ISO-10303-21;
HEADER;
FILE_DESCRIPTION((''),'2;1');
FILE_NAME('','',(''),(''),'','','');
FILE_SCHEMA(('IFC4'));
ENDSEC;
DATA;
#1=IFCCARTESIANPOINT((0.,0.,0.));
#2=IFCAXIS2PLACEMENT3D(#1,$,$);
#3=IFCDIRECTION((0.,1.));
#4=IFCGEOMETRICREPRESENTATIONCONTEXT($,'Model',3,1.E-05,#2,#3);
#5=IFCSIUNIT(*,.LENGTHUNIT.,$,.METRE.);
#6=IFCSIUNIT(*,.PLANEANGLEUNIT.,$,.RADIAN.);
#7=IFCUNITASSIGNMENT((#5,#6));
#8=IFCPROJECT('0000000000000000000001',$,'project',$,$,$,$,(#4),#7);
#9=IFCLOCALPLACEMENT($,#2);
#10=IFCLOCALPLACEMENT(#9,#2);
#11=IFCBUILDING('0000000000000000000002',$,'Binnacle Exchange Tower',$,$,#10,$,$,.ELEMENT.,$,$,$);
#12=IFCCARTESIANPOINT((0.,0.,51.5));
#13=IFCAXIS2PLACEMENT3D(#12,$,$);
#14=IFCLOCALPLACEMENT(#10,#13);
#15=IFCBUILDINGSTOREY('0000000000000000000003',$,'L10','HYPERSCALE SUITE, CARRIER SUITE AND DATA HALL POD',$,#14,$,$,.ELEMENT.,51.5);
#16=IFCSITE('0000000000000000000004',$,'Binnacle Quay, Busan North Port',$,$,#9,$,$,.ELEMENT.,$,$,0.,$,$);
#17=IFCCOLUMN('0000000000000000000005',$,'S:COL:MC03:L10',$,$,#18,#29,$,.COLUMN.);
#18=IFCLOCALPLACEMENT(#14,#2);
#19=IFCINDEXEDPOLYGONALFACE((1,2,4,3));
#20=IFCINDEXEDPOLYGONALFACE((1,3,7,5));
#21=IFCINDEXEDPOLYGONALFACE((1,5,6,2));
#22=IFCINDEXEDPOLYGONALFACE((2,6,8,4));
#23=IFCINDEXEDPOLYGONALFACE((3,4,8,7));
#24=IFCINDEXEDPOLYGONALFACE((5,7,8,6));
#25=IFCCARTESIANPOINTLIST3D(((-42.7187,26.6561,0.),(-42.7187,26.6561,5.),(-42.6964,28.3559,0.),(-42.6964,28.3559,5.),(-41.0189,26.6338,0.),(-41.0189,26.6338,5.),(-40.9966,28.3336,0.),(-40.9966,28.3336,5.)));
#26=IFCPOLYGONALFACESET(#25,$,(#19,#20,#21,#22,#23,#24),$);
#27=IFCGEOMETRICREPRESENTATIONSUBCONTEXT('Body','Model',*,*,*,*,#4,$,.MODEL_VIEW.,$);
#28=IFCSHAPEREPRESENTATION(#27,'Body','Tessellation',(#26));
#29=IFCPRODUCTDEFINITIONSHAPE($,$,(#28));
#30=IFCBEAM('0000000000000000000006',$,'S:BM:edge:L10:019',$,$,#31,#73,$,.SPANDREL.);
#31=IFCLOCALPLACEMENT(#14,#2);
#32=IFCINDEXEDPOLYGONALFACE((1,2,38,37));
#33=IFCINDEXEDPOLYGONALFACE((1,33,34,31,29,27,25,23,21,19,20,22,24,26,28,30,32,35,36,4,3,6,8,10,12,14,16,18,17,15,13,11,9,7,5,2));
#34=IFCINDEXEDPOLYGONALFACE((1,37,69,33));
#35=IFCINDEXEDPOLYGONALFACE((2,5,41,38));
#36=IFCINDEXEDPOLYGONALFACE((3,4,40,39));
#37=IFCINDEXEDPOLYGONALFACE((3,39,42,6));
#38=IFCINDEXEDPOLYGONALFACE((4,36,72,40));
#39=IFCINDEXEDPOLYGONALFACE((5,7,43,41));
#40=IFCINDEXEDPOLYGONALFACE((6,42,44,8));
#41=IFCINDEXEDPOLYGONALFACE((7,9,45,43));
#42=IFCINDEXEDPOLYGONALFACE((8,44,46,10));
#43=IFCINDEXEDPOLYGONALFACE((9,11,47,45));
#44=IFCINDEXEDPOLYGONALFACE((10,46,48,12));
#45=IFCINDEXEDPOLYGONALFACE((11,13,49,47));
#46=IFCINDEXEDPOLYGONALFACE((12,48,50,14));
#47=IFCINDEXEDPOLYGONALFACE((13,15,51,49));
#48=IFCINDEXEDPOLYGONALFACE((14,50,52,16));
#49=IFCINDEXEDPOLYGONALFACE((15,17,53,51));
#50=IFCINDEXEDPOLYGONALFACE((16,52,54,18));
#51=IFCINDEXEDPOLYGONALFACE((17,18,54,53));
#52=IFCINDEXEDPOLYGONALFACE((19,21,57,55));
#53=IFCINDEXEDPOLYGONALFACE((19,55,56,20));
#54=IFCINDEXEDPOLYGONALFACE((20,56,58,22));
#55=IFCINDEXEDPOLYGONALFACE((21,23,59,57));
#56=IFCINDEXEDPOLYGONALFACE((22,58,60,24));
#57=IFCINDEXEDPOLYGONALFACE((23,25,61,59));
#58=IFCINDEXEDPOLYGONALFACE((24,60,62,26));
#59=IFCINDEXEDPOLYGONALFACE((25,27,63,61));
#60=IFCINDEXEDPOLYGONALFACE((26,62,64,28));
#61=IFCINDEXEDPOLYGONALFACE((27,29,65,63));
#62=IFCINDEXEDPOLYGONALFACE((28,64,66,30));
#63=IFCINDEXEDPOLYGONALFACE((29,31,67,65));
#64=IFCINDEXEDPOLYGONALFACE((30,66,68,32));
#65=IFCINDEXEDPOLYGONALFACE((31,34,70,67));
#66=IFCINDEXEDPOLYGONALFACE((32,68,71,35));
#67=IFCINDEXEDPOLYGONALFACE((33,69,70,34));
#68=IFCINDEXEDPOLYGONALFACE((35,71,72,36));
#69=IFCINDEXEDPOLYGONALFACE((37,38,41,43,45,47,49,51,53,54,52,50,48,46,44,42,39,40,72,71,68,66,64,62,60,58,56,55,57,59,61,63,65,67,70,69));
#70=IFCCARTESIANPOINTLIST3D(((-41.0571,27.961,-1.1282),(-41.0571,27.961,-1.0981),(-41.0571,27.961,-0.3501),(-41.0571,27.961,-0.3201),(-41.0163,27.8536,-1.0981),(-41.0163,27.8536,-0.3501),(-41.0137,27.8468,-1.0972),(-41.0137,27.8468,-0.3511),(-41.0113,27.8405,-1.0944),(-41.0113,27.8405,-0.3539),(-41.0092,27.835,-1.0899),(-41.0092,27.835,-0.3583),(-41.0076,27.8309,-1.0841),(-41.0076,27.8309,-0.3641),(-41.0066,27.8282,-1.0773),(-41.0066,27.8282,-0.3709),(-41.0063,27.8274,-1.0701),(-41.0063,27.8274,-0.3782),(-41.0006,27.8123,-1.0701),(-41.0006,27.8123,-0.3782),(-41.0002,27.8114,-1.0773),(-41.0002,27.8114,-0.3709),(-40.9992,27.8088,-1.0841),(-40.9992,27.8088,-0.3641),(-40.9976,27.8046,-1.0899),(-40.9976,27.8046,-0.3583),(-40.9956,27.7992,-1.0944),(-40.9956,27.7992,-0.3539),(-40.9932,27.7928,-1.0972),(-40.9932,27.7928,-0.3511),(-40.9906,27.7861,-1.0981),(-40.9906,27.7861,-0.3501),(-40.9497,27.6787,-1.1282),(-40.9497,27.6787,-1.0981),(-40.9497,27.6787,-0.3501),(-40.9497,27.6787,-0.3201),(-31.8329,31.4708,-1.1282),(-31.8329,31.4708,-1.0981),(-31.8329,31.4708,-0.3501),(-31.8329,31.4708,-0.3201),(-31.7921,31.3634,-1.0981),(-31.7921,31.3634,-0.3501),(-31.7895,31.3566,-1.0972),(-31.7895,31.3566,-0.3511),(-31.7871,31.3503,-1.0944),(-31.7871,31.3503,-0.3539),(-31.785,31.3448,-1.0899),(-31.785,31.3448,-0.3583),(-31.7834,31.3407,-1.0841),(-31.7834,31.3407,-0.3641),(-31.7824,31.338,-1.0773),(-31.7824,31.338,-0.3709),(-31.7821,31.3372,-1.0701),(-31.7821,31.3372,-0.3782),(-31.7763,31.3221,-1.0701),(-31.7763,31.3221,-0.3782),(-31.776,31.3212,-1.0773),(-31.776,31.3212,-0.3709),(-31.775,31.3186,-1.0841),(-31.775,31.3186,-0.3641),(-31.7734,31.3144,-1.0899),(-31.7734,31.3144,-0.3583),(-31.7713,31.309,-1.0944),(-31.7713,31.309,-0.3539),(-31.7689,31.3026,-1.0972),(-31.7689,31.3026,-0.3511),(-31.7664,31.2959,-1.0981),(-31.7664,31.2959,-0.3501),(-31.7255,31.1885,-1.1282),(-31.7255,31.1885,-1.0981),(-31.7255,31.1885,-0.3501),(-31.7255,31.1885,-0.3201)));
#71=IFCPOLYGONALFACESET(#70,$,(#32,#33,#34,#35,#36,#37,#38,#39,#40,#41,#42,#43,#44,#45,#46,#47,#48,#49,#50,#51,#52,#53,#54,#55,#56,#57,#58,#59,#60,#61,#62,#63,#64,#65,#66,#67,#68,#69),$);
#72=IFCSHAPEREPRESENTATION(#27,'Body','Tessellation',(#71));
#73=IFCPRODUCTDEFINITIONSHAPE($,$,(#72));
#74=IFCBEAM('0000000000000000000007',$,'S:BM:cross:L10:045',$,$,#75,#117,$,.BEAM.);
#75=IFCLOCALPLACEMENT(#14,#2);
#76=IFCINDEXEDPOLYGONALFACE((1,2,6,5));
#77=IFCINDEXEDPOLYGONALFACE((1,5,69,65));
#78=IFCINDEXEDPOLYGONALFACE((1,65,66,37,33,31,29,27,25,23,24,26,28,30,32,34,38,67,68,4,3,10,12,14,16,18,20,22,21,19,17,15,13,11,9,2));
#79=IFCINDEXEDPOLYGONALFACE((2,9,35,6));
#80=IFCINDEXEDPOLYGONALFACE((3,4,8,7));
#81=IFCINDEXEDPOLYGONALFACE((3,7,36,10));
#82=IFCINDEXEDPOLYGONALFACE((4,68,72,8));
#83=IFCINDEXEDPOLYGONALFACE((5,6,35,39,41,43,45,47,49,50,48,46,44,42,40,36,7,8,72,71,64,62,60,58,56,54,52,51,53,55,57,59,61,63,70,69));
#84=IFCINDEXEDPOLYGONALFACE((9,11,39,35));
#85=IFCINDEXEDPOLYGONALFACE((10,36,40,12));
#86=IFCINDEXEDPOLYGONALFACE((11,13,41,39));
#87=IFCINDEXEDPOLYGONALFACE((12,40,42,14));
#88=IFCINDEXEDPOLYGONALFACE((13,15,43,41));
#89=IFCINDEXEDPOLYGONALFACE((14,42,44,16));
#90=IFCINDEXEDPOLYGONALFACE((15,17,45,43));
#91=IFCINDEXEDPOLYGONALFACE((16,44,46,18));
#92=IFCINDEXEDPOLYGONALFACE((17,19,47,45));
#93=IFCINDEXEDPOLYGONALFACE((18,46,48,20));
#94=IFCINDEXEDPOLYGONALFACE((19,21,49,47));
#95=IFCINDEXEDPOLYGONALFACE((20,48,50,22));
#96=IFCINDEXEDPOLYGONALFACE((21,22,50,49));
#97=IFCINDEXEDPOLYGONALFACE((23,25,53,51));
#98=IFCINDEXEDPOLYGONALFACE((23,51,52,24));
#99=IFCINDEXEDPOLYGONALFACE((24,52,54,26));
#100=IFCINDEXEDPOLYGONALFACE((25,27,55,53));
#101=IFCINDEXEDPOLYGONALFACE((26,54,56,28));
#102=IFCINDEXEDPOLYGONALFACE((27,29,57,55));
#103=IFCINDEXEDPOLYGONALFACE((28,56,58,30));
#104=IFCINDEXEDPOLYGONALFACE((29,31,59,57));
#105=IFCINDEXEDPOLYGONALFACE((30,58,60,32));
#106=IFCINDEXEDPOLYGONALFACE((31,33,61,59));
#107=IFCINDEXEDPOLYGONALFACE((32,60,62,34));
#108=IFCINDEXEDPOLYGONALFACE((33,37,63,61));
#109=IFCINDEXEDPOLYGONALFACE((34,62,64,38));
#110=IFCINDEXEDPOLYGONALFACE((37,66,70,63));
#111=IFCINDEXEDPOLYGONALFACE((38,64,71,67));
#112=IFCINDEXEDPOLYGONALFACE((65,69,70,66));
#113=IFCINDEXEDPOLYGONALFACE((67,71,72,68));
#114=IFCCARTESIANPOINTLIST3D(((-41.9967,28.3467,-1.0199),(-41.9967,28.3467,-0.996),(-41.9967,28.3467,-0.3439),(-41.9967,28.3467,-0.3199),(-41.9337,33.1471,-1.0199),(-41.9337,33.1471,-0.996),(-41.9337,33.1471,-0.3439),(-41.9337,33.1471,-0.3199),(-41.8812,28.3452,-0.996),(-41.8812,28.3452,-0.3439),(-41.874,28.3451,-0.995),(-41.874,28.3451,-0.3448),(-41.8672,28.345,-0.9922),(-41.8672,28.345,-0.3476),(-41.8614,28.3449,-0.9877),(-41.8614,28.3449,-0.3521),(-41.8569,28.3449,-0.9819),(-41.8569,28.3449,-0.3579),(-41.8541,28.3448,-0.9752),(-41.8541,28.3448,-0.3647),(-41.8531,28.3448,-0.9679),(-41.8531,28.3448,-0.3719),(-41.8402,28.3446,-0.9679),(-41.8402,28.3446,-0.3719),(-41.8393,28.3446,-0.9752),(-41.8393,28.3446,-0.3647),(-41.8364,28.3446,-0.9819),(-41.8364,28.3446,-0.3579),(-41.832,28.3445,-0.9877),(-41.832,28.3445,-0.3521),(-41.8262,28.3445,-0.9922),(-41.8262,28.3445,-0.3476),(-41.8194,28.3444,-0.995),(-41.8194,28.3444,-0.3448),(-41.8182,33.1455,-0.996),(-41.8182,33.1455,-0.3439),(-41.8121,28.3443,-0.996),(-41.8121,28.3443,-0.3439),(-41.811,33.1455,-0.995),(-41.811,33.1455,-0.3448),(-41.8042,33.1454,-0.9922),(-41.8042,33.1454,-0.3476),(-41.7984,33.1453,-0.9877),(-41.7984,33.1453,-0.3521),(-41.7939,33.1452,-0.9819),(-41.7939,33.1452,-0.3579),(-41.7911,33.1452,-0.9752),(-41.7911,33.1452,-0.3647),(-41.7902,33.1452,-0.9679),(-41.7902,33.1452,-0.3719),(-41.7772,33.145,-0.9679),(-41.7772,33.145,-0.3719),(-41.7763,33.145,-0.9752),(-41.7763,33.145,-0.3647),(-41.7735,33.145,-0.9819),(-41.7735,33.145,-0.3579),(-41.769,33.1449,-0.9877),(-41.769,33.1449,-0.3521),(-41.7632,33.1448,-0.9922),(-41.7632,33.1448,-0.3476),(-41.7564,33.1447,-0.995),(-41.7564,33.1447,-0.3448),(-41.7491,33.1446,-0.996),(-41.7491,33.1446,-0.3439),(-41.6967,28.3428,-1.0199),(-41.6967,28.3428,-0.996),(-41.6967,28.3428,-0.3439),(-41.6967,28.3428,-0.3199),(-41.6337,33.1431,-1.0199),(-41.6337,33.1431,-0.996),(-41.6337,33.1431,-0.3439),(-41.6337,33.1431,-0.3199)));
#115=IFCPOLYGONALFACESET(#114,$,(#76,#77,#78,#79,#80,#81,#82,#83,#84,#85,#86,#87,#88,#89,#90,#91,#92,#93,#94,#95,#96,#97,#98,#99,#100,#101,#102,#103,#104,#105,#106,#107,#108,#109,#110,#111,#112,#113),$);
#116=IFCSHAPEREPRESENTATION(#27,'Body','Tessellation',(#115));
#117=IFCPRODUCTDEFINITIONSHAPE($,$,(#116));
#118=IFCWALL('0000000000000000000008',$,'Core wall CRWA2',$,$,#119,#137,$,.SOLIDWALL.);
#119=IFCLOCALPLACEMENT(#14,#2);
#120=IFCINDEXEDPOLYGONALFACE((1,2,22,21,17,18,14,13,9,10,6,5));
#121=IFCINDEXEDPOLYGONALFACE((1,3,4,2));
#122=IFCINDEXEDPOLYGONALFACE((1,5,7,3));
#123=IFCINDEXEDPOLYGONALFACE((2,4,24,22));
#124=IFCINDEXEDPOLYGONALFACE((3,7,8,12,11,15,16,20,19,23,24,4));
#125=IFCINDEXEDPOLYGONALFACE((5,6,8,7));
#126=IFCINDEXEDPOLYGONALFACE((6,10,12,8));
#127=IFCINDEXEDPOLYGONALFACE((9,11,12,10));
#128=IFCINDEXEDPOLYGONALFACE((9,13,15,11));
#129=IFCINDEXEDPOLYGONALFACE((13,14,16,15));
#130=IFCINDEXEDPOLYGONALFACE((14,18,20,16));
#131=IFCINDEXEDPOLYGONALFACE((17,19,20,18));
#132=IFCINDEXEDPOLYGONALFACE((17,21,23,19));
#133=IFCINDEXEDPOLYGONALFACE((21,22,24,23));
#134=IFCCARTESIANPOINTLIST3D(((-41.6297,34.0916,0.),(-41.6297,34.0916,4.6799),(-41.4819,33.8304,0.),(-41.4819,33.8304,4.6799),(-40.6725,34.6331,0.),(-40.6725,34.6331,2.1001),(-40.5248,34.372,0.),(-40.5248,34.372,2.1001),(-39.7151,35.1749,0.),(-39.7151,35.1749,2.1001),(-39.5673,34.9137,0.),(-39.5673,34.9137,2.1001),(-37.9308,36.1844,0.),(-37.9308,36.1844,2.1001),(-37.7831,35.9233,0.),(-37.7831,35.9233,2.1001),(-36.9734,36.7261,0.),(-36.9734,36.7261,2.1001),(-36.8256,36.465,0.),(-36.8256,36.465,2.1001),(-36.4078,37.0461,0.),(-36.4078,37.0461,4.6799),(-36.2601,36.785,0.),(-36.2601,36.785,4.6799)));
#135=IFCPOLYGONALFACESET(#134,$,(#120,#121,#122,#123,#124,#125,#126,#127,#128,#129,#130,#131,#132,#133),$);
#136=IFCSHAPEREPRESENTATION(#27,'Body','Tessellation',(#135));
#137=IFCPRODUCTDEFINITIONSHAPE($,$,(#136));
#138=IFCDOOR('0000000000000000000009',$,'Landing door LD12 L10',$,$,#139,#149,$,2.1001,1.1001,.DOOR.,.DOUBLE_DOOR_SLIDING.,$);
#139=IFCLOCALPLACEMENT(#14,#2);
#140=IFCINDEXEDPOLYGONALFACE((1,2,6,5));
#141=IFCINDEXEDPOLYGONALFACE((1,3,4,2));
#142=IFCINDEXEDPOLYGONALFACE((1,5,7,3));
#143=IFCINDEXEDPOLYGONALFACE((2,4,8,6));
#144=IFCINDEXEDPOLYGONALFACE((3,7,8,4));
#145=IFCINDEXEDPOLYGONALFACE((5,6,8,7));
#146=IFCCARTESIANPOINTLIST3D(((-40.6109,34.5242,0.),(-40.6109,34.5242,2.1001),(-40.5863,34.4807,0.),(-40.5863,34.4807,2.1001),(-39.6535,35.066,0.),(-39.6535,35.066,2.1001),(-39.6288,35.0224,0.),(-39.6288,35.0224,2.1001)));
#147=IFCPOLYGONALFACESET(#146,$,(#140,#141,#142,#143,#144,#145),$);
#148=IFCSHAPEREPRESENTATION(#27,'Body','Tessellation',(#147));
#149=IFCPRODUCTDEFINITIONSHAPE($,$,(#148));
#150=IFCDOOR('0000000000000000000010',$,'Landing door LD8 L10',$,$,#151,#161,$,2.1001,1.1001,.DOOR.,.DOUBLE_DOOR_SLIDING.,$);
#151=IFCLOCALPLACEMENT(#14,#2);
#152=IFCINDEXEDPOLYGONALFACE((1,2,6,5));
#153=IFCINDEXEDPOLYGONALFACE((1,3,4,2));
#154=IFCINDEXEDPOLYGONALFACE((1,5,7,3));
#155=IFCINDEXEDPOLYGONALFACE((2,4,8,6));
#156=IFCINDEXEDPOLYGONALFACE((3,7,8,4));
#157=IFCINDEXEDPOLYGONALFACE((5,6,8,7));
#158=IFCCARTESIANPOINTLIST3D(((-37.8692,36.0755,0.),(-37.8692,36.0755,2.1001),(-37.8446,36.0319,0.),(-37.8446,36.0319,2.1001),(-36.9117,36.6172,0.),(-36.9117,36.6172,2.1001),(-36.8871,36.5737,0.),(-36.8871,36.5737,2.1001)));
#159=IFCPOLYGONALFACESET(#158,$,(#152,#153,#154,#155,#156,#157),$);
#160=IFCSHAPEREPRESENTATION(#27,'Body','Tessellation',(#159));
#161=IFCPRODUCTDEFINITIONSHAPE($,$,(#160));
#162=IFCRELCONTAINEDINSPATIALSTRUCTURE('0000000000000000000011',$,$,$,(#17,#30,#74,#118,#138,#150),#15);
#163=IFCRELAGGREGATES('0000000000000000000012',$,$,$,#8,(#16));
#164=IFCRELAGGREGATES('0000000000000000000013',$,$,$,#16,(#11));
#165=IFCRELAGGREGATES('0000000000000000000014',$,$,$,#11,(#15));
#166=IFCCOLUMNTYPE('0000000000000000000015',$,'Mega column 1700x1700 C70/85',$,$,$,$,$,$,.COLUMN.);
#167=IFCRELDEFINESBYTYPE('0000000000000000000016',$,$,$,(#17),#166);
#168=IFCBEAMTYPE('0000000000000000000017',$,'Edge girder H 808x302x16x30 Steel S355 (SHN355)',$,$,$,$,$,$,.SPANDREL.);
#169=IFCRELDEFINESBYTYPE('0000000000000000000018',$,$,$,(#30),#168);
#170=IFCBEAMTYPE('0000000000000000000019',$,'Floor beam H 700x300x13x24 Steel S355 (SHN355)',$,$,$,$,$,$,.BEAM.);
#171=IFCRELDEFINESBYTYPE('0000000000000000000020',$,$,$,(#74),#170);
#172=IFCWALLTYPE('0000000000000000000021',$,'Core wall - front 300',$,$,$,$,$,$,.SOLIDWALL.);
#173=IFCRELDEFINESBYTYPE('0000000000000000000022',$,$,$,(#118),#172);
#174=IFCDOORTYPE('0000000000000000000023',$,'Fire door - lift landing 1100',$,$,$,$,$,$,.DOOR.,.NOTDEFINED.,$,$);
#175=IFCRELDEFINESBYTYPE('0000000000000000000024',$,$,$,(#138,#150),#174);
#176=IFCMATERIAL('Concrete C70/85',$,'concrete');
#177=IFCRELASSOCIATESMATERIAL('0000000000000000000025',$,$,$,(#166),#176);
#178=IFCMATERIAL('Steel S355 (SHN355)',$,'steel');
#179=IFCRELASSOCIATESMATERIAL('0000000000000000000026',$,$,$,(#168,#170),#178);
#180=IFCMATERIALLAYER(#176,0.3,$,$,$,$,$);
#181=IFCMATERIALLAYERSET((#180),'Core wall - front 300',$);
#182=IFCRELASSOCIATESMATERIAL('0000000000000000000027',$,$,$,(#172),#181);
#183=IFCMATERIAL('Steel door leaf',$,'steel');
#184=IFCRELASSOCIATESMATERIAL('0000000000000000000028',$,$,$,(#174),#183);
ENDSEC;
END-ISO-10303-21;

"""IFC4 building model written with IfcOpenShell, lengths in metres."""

from ifc_helpers import new_model, si_unit, direction, frame, frame_2d, origin, origin_2d, place, context, subcontext, project, spatial, rectangle, i_section, extrude, material, layer, layer_set, material_profile, profile_set, type_object, element, fill, save


model = new_model("IFC4")

# Units and contexts
model_context = context("Model", 3, precision=1e-05, world=origin(), true_north=direction((0.0, 1.0)))
body_context = subcontext(model_context, "Body", "Model", "MODEL_VIEW")
ifc_project = project(units=[si_unit("LENGTHUNIT", "METRE"), si_unit("PLANEANGLEUNIT", "RADIAN")], contexts=[model_context])

# Site, building, storey
site_placement = place(None, origin())
site = spatial("IfcSite", under=ifc_project, at=site_placement, Name="Binnacle Quay, Busan North Port", CompositionType="ELEMENT", RefElevation=0.0)
building_placement = place(site_placement, origin())
building = spatial("IfcBuilding", under=site, at=building_placement, Name="Binnacle Exchange Tower", CompositionType="ELEMENT")
storey_placement = place(building_placement, frame((0.0, 0.0, 51.5)))
storey = spatial("IfcBuildingStorey", under=building, at=storey_placement, Name="L10", Description="HYPERSCALE SUITE, CARRIER SUITE AND DATA HALL POD", CompositionType="ELEMENT", Elevation=51.5)

# Column
ifc_material_1 = material(Name="Concrete C70/85", Category="concrete")
ifc_material_profile_1 = material_profile(ifc_material_1, rectangle(XDim=1.7, YDim=1.7, at=origin_2d()), Name="Mega column 1700x1700 C70/85")
ifc_profile_set_1 = profile_set([ifc_material_profile_1], Name="Concrete C70/85")
column_type = type_object("IfcColumnType", Name="Mega column 1700x1700 C70/85", PredefinedType="COLUMN", material=ifc_profile_set_1)
column_placement = place(storey_placement, frame((-41.8577, 27.4949, 0.0), z_axis=(0.0, 0.0, 1.0), x_axis=(0.999914, -0.01309, 0.0)))
element("IfcColumn", 1, at=column_placement, inside=storey, type_object=column_type, Name="S:COL:MC03:L10", PredefinedType="COLUMN", context=body_context, shape_type="SweptSolid", body=[
    extrude(rectangle(XDim=1.7, YDim=1.7, at=origin_2d()), origin(), (0.0, 0.0, 1.0), 5.0),
])

# Beams
ifc_material_2 = material(Name="Steel S355 (SHN355)", Category="steel")
ifc_material_profile_2 = material_profile(ifc_material_2, i_section(OverallWidth=0.302, OverallDepth=0.8081, WebThickness=0.0161, FlangeThickness=0.03, FilletRadius=0.0281, at=origin_2d()), Name="H 808x302x16x30")
ifc_profile_set_2 = profile_set([ifc_material_profile_2], Name="Steel S355 (SHN355)")
beam_type_1 = type_object("IfcBeamType", Name="Edge girder H 808x302x16x30 Steel S355 (SHN355)", PredefinedType="SPANDREL", material=ifc_profile_set_2)
beam_1_placement = place(storey_placement, frame((-41.0034, 27.8198, -0.7241), z_axis=(0.934629, 0.355625, 0.0), x_axis=(-0.355625, 0.934629, 0.0)))
element("IfcBeam", 2, at=beam_1_placement, inside=storey, type_object=beam_type_1, Name="S:BM:edge:L10:019", PredefinedType="SPANDREL", context=body_context, shape_type="SweptSolid", body=[
    extrude(i_section(OverallWidth=0.302, OverallDepth=0.8081, WebThickness=0.0161, FlangeThickness=0.03, FilletRadius=0.0281, at=origin_2d()), origin(), (0.0, 0.0, 1.0), 9.8694),
])
ifc_material_profile_3 = material_profile(ifc_material_2, i_section(OverallWidth=0.3, OverallDepth=0.7, WebThickness=0.0129, FlangeThickness=0.0239, FilletRadius=0.0281, at=origin_2d()), Name="H 700x300x13x24")
ifc_profile_set_3 = profile_set([ifc_material_profile_3], Name="Steel S355 (SHN355)")
beam_type_2 = type_object("IfcBeamType", Name="Floor beam H 700x300x13x24 Steel S355 (SHN355)", PredefinedType="BEAM", material=ifc_profile_set_3)
beam_2_placement = place(storey_placement, frame((-41.8467, 28.3447, -0.6699), z_axis=(0.013121, 0.999914, 0.0), x_axis=(-0.999914, 0.013121, 0.0)))
element("IfcBeam", 3, at=beam_2_placement, inside=storey, type_object=beam_type_2, Name="S:BM:cross:L10:045", PredefinedType="BEAM", context=body_context, shape_type="SweptSolid", body=[
    extrude(i_section(OverallWidth=0.3, OverallDepth=0.7, WebThickness=0.0129, FlangeThickness=0.0239, FilletRadius=0.0281, at=origin_2d()), origin(), (0.0, 0.0, 1.0), 4.8008),
])

# Wall, openings, doors
ifc_layer_1 = layer(ifc_material_1, 0.3)
ifc_layer_set_1 = layer_set([ifc_layer_1], Name="Core wall - front 300")
wall_type_1 = type_object("IfcWallType", Name="Core wall - front 300", PredefinedType="SOLIDWALL", material=ifc_layer_set_1)
wall_1_placement = place(storey_placement, frame((-41.5559, 33.9609, 0.0), z_axis=(0.0, 0.0, 1.0), x_axis=(0.870344, 0.492445, 0.0)))
wall_1 = element("IfcWall", 4, at=wall_1_placement, inside=storey, type_object=wall_type_1, Name="Core wall CRWA2", PredefinedType="SOLIDWALL", context=body_context, shape_type="SweptSolid", body=[
    extrude(rectangle(XDim=5.9998, YDim=0.3, at=frame_2d((3.0, 0.0))), origin(), (0.0, 0.0, 1.0), 4.6799),
])
opening_1_placement = place(wall_1_placement, frame((1.0999, 0.0, 0.0)))
opening_1 = element("IfcOpeningElement", 5, at=opening_1_placement, cuts=wall_1, PredefinedType="OPENING", context=body_context, shape_type="SweptSolid", body=[
    extrude(rectangle(XDim=1.1001, YDim=2.1001, at=frame_2d((0.55, 1.05))), frame((0.0, 0.1599, 0.0), z_axis=(0.0, -1.0, 0.0), x_axis=(1.0, 0.0, 0.0)), (0.0, 0.0, 1.0), 0.3201),
])
opening_2_placement = place(wall_1_placement, frame((4.25, 0.0, 0.0)))
opening_2 = element("IfcOpeningElement", 6, at=opening_2_placement, cuts=wall_1, PredefinedType="OPENING", context=body_context, shape_type="SweptSolid", body=[
    extrude(rectangle(XDim=1.1001, YDim=2.1001, at=frame_2d((0.55, 1.05))), frame((0.0, 0.1599, 0.0), z_axis=(0.0, -1.0, 0.0), x_axis=(1.0, 0.0, 0.0)), (0.0, 0.0, 1.0), 0.3201),
])
ifc_material_3 = material(Name="Steel door leaf", Category="steel")
door_type_1 = type_object("IfcDoorType", Name="Fire door - lift landing 1100", OperationType="NOTDEFINED", PredefinedType="DOOR", material=ifc_material_3)
door_1_placement = place(opening_1_placement, origin())
door_1 = element("IfcDoor", 7, at=door_1_placement, inside=storey, type_object=door_type_1, Name="Landing door LD12 L10", OperationType="DOUBLE_DOOR_SLIDING", OverallHeight=2.1001, OverallWidth=1.1001, PredefinedType="DOOR", context=body_context, shape_type="SweptSolid", body=[
    extrude(rectangle(XDim=1.1001, YDim=2.1001, at=frame_2d((0.55, 1.05))), frame((0.0, 0.0249, 0.0), z_axis=(0.0, -1.0, 0.0), x_axis=(1.0, 0.0, 0.0)), (0.0, 0.0, 1.0), 0.05),
])
fill(opening_1, door_1)
door_2_placement = place(opening_2_placement, origin())
door_2 = element("IfcDoor", 8, at=door_2_placement, inside=storey, type_object=door_type_1, Name="Landing door LD8 L10", OperationType="DOUBLE_DOOR_SLIDING", OverallHeight=2.1001, OverallWidth=1.1001, PredefinedType="DOOR", context=body_context, shape_type="SweptSolid", body=[
    extrude(rectangle(XDim=1.1001, YDim=2.1001, at=frame_2d((0.55, 1.05))), frame((0.0, 0.0249, 0.0), z_axis=(0.0, -1.0, 0.0), x_axis=(1.0, 0.0, 0.0)), (0.0, 0.0, 1.0), 0.05),
])
fill(opening_2, door_2)

save(model, "model.ifc")
